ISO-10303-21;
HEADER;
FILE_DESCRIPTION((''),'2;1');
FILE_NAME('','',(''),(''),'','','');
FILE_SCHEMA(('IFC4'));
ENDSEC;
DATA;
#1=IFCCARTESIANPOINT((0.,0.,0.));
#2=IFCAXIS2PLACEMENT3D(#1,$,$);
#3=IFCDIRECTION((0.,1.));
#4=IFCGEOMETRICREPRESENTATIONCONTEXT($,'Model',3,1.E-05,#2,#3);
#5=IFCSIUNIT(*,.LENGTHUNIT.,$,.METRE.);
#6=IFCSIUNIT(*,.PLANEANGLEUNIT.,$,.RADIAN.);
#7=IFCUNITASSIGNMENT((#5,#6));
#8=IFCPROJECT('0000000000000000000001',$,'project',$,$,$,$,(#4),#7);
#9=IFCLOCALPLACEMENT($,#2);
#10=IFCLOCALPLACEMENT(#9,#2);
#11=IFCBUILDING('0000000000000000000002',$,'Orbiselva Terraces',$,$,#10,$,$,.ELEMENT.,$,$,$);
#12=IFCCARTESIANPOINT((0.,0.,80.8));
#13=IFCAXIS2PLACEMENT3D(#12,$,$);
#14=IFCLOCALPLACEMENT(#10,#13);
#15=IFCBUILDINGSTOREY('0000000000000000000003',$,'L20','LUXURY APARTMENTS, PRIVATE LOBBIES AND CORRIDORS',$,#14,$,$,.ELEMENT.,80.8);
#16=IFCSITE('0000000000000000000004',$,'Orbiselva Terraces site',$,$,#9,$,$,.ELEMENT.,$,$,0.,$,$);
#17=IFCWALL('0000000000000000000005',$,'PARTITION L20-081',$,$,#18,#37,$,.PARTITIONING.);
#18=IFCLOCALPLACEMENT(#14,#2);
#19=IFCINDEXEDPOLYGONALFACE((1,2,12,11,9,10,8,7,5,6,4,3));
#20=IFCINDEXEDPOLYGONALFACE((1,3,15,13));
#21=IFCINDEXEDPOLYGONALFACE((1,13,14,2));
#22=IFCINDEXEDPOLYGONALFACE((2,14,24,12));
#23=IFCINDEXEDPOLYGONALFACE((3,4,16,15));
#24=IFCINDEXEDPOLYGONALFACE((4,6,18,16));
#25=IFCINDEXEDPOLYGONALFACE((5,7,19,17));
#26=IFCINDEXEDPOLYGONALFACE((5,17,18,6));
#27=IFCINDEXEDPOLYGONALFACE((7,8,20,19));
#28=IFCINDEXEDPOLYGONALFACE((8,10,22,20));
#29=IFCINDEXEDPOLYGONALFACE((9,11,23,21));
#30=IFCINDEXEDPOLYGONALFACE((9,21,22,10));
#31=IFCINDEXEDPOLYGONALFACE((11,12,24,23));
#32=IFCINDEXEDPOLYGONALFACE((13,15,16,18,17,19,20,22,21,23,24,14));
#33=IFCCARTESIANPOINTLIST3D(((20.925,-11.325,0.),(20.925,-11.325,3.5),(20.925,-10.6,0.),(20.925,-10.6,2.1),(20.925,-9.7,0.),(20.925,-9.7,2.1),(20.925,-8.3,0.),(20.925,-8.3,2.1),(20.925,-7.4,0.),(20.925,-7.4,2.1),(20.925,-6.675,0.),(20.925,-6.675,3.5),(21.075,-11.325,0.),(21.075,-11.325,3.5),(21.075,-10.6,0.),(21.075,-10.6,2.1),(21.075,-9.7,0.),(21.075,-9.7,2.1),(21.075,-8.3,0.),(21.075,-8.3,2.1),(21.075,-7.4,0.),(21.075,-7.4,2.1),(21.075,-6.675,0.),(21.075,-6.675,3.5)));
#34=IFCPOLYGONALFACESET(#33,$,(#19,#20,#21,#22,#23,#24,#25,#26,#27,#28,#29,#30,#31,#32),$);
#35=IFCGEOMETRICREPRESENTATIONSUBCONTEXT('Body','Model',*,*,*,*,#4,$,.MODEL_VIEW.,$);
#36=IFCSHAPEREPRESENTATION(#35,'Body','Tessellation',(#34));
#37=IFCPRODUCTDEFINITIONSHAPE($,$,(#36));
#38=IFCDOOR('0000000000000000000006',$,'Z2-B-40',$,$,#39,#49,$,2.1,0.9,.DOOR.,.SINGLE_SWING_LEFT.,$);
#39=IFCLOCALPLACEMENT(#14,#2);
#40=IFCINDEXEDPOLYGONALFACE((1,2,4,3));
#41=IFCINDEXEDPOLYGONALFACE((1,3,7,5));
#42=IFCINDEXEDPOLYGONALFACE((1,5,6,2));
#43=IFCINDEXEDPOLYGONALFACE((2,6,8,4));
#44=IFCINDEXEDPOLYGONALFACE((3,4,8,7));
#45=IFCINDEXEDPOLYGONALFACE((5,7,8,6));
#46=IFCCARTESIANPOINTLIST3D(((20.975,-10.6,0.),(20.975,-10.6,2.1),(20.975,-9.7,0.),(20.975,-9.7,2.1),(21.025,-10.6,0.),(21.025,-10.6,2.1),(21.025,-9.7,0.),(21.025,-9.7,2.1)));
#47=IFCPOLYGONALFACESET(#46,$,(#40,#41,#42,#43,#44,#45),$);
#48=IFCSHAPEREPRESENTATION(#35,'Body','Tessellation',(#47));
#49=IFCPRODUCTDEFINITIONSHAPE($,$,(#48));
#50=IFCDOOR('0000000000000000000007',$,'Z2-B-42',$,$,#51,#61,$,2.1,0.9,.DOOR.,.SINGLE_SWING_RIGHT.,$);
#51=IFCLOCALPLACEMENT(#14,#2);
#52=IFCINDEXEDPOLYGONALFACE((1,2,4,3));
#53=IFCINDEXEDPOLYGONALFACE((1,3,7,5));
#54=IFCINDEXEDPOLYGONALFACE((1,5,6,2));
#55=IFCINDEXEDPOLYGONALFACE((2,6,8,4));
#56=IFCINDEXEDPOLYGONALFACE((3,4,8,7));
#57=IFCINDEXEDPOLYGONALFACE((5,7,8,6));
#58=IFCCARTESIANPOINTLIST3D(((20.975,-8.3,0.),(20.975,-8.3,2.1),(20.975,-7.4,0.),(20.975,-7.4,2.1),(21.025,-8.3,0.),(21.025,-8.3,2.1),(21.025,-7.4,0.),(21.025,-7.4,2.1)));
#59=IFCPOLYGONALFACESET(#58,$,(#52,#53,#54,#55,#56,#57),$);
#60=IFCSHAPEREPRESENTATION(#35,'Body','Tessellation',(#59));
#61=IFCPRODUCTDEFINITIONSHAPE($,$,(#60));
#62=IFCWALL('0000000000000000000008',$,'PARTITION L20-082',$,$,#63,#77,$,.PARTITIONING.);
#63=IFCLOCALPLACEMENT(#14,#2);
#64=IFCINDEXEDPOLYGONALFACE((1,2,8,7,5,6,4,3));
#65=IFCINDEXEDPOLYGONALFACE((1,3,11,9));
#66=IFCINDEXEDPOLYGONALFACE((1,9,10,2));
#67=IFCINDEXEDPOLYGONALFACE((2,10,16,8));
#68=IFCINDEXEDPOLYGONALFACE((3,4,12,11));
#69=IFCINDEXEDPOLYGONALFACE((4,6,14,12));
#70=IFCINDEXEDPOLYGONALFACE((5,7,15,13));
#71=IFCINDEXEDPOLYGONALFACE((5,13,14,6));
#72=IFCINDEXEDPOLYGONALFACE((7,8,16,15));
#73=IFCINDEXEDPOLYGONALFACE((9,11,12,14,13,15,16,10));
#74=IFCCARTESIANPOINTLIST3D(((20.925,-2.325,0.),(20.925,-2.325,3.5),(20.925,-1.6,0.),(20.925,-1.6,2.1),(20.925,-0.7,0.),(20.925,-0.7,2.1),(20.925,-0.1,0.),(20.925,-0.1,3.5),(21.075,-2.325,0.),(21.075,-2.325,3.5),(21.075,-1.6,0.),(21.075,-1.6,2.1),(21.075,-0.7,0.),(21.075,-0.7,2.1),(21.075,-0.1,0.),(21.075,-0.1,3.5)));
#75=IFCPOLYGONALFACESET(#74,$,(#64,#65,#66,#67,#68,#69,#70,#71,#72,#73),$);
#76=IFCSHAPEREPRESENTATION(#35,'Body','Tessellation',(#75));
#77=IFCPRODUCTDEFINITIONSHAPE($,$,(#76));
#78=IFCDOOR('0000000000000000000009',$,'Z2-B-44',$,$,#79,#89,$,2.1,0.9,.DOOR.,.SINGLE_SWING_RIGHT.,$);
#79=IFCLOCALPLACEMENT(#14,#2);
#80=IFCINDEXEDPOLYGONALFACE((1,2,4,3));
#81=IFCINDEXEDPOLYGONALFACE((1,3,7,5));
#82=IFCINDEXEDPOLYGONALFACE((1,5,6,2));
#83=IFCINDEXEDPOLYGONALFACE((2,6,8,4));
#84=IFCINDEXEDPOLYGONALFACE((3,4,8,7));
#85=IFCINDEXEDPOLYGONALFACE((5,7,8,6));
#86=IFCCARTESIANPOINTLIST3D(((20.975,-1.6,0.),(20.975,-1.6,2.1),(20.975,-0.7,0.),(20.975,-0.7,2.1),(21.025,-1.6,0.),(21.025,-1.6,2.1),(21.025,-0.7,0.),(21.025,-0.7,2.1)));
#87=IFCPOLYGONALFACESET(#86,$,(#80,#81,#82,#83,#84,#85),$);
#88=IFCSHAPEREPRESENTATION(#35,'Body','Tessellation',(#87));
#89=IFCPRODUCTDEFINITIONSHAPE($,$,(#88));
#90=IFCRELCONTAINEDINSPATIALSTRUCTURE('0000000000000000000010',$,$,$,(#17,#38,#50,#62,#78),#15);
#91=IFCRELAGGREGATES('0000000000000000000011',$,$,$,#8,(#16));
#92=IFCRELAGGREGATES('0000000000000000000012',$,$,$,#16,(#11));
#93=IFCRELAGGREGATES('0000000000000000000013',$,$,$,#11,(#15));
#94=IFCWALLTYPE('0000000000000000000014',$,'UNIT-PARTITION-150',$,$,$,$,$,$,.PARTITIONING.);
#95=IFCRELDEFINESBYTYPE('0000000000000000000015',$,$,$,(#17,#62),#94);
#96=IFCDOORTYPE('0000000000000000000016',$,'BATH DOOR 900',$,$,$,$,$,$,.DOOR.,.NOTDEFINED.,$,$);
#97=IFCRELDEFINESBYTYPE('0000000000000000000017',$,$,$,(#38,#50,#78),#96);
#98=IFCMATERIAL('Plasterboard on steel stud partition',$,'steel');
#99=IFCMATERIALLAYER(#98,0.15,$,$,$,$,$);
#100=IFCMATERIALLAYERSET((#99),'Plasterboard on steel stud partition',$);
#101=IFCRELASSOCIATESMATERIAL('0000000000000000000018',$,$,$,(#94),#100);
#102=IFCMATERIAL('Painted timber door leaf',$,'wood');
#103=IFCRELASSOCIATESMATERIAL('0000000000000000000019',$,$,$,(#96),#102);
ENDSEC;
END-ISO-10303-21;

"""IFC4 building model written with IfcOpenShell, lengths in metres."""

from ifc_helpers import new_model, si_unit, direction, frame, frame_2d, origin, place, context, subcontext, project, spatial, rectangle, extrude, material, layer, layer_set, type_object, element, fill, save


model = new_model("IFC4")

# Units and contexts
model_context = context("Model", 3, precision=1e-05, world=origin(), true_north=direction((0.0, 1.0)))
body_context = subcontext(model_context, "Body", "Model", "MODEL_VIEW")
ifc_project = project(units=[si_unit("LENGTHUNIT", "METRE"), si_unit("PLANEANGLEUNIT", "RADIAN")], contexts=[model_context])

# Site, building, storey
site_placement = place(None, origin())
site = spatial("IfcSite", under=ifc_project, at=site_placement, Name="Orbiselva Terraces site", CompositionType="ELEMENT", RefElevation=0.0)
building_placement = place(site_placement, origin())
building = spatial("IfcBuilding", under=site, at=building_placement, Name="Orbiselva Terraces", CompositionType="ELEMENT")
storey_placement = place(building_placement, frame((0.0, 0.0, 80.8)))
storey = spatial("IfcBuildingStorey", under=building, at=storey_placement, Name="L20", Description="LUXURY APARTMENTS, PRIVATE LOBBIES AND CORRIDORS", CompositionType="ELEMENT", Elevation=80.8)

# Shared definitions
ifc_material_1 = material(Name="Plasterboard on steel stud partition", Category="steel")

# Shared definitions
ifc_layer_1 = layer(ifc_material_1, 0.15)
ifc_layer_set_1 = layer_set([ifc_layer_1], Name="Plasterboard on steel stud partition")
wall_type_1 = type_object("IfcWallType", Name="UNIT-PARTITION-150", PredefinedType="PARTITIONING", material=ifc_layer_set_1)
ifc_material_2 = material(Name="Painted timber door leaf", Category="wood")
door_type_1 = type_object("IfcDoorType", Name="BATH DOOR 900", OperationType="NOTDEFINED", PredefinedType="DOOR", material=ifc_material_2)

# Wall, openings, doors
wall_1_placement = place(storey_placement, frame((21.0, -11.325, 0.0), z_axis=(0.0, 0.0, 1.0), x_axis=(0.0, 1.0, 0.0)))
wall_1 = element("IfcWall", 1, at=wall_1_placement, inside=storey, type_object=wall_type_1, Name="PARTITION L20-081", PredefinedType="PARTITIONING", context=body_context, shape_type="SweptSolid", body=[
    extrude(rectangle(XDim=4.65, YDim=0.15, at=frame_2d((2.325, 0.0))), origin(), (0.0, 0.0, 1.0), 3.5),
])
opening_1_placement = place(wall_1_placement, frame((0.725, 0.0, 0.0)))
opening_1 = element("IfcOpeningElement", 2, at=opening_1_placement, cuts=wall_1, PredefinedType="OPENING", context=body_context, shape_type="SweptSolid", body=[
    extrude(rectangle(XDim=0.9, YDim=2.1, at=frame_2d((0.45, 1.05))), frame((0.0, 0.085, 0.0), z_axis=(0.0, -1.0, 0.0), x_axis=(1.0, 0.0, 0.0)), (0.0, 0.0, 1.0), 0.17),
])
opening_2_placement = place(wall_1_placement, frame((3.025, 0.0, 0.0)))
opening_2 = element("IfcOpeningElement", 3, at=opening_2_placement, cuts=wall_1, PredefinedType="OPENING", context=body_context, shape_type="SweptSolid", body=[
    extrude(rectangle(XDim=0.9, YDim=2.1, at=frame_2d((0.45, 1.05))), frame((0.0, 0.085, 0.0), z_axis=(0.0, -1.0, 0.0), x_axis=(1.0, 0.0, 0.0)), (0.0, 0.0, 1.0), 0.17),
])
door_1_placement = place(opening_1_placement, origin())
door_1 = element("IfcDoor", 4, at=door_1_placement, inside=storey, type_object=door_type_1, Name="Z2-B-40", OperationType="SINGLE_SWING_LEFT", OverallHeight=2.1, OverallWidth=0.9, PredefinedType="DOOR", context=body_context, shape_type="SweptSolid", body=[
    extrude(rectangle(XDim=0.9, YDim=2.1, at=frame_2d((0.45, 1.05))), frame((0.0, 0.025, 0.0), z_axis=(0.0, -1.0, 0.0), x_axis=(1.0, 0.0, 0.0)), (0.0, 0.0, 1.0), 0.05),
])
fill(opening_1, door_1)
door_2_placement = place(opening_2_placement, origin())
door_2 = element("IfcDoor", 5, at=door_2_placement, inside=storey, type_object=door_type_1, Name="Z2-B-42", OperationType="SINGLE_SWING_RIGHT", OverallHeight=2.1, OverallWidth=0.9, PredefinedType="DOOR", context=body_context, shape_type="SweptSolid", body=[
    extrude(rectangle(XDim=0.9, YDim=2.1, at=frame_2d((0.45, 1.05))), frame((0.0, 0.025, 0.0), z_axis=(0.0, -1.0, 0.0), x_axis=(1.0, 0.0, 0.0)), (0.0, 0.0, 1.0), 0.05),
])
fill(opening_2, door_2)

# Wall, opening, door
wall_2_placement = place(storey_placement, frame((21.0, -2.325, 0.0), z_axis=(0.0, 0.0, 1.0), x_axis=(0.0, 1.0, 0.0)))
wall_2 = element("IfcWall", 6, at=wall_2_placement, inside=storey, type_object=wall_type_1, Name="PARTITION L20-082", PredefinedType="PARTITIONING", context=body_context, shape_type="SweptSolid", body=[
    extrude(rectangle(XDim=2.225, YDim=0.15, at=frame_2d((1.1125, 0.0))), origin(), (0.0, 0.0, 1.0), 3.5),
])
opening_3_placement = place(wall_2_placement, frame((0.725, 0.0, 0.0)))
opening_3 = element("IfcOpeningElement", 7, at=opening_3_placement, cuts=wall_2, PredefinedType="OPENING", context=body_context, shape_type="SweptSolid", body=[
    extrude(rectangle(XDim=0.9, YDim=2.1, at=frame_2d((0.45, 1.05))), frame((0.0, 0.085, 0.0), z_axis=(0.0, -1.0, 0.0), x_axis=(1.0, 0.0, 0.0)), (0.0, 0.0, 1.0), 0.17),
])
door_3_placement = place(opening_3_placement, origin())
door_3 = element("IfcDoor", 8, at=door_3_placement, inside=storey, type_object=door_type_1, Name="Z2-B-44", OperationType="SINGLE_SWING_RIGHT", OverallHeight=2.1, OverallWidth=0.9, PredefinedType="DOOR", context=body_context, shape_type="SweptSolid", body=[
    extrude(rectangle(XDim=0.9, YDim=2.1, at=frame_2d((0.45, 1.05))), frame((0.0, 0.025, 0.0), z_axis=(0.0, -1.0, 0.0), x_axis=(1.0, 0.0, 0.0)), (0.0, 0.0, 1.0), 0.05),
])
fill(opening_3, door_3)

save(model, "model.ifc")
